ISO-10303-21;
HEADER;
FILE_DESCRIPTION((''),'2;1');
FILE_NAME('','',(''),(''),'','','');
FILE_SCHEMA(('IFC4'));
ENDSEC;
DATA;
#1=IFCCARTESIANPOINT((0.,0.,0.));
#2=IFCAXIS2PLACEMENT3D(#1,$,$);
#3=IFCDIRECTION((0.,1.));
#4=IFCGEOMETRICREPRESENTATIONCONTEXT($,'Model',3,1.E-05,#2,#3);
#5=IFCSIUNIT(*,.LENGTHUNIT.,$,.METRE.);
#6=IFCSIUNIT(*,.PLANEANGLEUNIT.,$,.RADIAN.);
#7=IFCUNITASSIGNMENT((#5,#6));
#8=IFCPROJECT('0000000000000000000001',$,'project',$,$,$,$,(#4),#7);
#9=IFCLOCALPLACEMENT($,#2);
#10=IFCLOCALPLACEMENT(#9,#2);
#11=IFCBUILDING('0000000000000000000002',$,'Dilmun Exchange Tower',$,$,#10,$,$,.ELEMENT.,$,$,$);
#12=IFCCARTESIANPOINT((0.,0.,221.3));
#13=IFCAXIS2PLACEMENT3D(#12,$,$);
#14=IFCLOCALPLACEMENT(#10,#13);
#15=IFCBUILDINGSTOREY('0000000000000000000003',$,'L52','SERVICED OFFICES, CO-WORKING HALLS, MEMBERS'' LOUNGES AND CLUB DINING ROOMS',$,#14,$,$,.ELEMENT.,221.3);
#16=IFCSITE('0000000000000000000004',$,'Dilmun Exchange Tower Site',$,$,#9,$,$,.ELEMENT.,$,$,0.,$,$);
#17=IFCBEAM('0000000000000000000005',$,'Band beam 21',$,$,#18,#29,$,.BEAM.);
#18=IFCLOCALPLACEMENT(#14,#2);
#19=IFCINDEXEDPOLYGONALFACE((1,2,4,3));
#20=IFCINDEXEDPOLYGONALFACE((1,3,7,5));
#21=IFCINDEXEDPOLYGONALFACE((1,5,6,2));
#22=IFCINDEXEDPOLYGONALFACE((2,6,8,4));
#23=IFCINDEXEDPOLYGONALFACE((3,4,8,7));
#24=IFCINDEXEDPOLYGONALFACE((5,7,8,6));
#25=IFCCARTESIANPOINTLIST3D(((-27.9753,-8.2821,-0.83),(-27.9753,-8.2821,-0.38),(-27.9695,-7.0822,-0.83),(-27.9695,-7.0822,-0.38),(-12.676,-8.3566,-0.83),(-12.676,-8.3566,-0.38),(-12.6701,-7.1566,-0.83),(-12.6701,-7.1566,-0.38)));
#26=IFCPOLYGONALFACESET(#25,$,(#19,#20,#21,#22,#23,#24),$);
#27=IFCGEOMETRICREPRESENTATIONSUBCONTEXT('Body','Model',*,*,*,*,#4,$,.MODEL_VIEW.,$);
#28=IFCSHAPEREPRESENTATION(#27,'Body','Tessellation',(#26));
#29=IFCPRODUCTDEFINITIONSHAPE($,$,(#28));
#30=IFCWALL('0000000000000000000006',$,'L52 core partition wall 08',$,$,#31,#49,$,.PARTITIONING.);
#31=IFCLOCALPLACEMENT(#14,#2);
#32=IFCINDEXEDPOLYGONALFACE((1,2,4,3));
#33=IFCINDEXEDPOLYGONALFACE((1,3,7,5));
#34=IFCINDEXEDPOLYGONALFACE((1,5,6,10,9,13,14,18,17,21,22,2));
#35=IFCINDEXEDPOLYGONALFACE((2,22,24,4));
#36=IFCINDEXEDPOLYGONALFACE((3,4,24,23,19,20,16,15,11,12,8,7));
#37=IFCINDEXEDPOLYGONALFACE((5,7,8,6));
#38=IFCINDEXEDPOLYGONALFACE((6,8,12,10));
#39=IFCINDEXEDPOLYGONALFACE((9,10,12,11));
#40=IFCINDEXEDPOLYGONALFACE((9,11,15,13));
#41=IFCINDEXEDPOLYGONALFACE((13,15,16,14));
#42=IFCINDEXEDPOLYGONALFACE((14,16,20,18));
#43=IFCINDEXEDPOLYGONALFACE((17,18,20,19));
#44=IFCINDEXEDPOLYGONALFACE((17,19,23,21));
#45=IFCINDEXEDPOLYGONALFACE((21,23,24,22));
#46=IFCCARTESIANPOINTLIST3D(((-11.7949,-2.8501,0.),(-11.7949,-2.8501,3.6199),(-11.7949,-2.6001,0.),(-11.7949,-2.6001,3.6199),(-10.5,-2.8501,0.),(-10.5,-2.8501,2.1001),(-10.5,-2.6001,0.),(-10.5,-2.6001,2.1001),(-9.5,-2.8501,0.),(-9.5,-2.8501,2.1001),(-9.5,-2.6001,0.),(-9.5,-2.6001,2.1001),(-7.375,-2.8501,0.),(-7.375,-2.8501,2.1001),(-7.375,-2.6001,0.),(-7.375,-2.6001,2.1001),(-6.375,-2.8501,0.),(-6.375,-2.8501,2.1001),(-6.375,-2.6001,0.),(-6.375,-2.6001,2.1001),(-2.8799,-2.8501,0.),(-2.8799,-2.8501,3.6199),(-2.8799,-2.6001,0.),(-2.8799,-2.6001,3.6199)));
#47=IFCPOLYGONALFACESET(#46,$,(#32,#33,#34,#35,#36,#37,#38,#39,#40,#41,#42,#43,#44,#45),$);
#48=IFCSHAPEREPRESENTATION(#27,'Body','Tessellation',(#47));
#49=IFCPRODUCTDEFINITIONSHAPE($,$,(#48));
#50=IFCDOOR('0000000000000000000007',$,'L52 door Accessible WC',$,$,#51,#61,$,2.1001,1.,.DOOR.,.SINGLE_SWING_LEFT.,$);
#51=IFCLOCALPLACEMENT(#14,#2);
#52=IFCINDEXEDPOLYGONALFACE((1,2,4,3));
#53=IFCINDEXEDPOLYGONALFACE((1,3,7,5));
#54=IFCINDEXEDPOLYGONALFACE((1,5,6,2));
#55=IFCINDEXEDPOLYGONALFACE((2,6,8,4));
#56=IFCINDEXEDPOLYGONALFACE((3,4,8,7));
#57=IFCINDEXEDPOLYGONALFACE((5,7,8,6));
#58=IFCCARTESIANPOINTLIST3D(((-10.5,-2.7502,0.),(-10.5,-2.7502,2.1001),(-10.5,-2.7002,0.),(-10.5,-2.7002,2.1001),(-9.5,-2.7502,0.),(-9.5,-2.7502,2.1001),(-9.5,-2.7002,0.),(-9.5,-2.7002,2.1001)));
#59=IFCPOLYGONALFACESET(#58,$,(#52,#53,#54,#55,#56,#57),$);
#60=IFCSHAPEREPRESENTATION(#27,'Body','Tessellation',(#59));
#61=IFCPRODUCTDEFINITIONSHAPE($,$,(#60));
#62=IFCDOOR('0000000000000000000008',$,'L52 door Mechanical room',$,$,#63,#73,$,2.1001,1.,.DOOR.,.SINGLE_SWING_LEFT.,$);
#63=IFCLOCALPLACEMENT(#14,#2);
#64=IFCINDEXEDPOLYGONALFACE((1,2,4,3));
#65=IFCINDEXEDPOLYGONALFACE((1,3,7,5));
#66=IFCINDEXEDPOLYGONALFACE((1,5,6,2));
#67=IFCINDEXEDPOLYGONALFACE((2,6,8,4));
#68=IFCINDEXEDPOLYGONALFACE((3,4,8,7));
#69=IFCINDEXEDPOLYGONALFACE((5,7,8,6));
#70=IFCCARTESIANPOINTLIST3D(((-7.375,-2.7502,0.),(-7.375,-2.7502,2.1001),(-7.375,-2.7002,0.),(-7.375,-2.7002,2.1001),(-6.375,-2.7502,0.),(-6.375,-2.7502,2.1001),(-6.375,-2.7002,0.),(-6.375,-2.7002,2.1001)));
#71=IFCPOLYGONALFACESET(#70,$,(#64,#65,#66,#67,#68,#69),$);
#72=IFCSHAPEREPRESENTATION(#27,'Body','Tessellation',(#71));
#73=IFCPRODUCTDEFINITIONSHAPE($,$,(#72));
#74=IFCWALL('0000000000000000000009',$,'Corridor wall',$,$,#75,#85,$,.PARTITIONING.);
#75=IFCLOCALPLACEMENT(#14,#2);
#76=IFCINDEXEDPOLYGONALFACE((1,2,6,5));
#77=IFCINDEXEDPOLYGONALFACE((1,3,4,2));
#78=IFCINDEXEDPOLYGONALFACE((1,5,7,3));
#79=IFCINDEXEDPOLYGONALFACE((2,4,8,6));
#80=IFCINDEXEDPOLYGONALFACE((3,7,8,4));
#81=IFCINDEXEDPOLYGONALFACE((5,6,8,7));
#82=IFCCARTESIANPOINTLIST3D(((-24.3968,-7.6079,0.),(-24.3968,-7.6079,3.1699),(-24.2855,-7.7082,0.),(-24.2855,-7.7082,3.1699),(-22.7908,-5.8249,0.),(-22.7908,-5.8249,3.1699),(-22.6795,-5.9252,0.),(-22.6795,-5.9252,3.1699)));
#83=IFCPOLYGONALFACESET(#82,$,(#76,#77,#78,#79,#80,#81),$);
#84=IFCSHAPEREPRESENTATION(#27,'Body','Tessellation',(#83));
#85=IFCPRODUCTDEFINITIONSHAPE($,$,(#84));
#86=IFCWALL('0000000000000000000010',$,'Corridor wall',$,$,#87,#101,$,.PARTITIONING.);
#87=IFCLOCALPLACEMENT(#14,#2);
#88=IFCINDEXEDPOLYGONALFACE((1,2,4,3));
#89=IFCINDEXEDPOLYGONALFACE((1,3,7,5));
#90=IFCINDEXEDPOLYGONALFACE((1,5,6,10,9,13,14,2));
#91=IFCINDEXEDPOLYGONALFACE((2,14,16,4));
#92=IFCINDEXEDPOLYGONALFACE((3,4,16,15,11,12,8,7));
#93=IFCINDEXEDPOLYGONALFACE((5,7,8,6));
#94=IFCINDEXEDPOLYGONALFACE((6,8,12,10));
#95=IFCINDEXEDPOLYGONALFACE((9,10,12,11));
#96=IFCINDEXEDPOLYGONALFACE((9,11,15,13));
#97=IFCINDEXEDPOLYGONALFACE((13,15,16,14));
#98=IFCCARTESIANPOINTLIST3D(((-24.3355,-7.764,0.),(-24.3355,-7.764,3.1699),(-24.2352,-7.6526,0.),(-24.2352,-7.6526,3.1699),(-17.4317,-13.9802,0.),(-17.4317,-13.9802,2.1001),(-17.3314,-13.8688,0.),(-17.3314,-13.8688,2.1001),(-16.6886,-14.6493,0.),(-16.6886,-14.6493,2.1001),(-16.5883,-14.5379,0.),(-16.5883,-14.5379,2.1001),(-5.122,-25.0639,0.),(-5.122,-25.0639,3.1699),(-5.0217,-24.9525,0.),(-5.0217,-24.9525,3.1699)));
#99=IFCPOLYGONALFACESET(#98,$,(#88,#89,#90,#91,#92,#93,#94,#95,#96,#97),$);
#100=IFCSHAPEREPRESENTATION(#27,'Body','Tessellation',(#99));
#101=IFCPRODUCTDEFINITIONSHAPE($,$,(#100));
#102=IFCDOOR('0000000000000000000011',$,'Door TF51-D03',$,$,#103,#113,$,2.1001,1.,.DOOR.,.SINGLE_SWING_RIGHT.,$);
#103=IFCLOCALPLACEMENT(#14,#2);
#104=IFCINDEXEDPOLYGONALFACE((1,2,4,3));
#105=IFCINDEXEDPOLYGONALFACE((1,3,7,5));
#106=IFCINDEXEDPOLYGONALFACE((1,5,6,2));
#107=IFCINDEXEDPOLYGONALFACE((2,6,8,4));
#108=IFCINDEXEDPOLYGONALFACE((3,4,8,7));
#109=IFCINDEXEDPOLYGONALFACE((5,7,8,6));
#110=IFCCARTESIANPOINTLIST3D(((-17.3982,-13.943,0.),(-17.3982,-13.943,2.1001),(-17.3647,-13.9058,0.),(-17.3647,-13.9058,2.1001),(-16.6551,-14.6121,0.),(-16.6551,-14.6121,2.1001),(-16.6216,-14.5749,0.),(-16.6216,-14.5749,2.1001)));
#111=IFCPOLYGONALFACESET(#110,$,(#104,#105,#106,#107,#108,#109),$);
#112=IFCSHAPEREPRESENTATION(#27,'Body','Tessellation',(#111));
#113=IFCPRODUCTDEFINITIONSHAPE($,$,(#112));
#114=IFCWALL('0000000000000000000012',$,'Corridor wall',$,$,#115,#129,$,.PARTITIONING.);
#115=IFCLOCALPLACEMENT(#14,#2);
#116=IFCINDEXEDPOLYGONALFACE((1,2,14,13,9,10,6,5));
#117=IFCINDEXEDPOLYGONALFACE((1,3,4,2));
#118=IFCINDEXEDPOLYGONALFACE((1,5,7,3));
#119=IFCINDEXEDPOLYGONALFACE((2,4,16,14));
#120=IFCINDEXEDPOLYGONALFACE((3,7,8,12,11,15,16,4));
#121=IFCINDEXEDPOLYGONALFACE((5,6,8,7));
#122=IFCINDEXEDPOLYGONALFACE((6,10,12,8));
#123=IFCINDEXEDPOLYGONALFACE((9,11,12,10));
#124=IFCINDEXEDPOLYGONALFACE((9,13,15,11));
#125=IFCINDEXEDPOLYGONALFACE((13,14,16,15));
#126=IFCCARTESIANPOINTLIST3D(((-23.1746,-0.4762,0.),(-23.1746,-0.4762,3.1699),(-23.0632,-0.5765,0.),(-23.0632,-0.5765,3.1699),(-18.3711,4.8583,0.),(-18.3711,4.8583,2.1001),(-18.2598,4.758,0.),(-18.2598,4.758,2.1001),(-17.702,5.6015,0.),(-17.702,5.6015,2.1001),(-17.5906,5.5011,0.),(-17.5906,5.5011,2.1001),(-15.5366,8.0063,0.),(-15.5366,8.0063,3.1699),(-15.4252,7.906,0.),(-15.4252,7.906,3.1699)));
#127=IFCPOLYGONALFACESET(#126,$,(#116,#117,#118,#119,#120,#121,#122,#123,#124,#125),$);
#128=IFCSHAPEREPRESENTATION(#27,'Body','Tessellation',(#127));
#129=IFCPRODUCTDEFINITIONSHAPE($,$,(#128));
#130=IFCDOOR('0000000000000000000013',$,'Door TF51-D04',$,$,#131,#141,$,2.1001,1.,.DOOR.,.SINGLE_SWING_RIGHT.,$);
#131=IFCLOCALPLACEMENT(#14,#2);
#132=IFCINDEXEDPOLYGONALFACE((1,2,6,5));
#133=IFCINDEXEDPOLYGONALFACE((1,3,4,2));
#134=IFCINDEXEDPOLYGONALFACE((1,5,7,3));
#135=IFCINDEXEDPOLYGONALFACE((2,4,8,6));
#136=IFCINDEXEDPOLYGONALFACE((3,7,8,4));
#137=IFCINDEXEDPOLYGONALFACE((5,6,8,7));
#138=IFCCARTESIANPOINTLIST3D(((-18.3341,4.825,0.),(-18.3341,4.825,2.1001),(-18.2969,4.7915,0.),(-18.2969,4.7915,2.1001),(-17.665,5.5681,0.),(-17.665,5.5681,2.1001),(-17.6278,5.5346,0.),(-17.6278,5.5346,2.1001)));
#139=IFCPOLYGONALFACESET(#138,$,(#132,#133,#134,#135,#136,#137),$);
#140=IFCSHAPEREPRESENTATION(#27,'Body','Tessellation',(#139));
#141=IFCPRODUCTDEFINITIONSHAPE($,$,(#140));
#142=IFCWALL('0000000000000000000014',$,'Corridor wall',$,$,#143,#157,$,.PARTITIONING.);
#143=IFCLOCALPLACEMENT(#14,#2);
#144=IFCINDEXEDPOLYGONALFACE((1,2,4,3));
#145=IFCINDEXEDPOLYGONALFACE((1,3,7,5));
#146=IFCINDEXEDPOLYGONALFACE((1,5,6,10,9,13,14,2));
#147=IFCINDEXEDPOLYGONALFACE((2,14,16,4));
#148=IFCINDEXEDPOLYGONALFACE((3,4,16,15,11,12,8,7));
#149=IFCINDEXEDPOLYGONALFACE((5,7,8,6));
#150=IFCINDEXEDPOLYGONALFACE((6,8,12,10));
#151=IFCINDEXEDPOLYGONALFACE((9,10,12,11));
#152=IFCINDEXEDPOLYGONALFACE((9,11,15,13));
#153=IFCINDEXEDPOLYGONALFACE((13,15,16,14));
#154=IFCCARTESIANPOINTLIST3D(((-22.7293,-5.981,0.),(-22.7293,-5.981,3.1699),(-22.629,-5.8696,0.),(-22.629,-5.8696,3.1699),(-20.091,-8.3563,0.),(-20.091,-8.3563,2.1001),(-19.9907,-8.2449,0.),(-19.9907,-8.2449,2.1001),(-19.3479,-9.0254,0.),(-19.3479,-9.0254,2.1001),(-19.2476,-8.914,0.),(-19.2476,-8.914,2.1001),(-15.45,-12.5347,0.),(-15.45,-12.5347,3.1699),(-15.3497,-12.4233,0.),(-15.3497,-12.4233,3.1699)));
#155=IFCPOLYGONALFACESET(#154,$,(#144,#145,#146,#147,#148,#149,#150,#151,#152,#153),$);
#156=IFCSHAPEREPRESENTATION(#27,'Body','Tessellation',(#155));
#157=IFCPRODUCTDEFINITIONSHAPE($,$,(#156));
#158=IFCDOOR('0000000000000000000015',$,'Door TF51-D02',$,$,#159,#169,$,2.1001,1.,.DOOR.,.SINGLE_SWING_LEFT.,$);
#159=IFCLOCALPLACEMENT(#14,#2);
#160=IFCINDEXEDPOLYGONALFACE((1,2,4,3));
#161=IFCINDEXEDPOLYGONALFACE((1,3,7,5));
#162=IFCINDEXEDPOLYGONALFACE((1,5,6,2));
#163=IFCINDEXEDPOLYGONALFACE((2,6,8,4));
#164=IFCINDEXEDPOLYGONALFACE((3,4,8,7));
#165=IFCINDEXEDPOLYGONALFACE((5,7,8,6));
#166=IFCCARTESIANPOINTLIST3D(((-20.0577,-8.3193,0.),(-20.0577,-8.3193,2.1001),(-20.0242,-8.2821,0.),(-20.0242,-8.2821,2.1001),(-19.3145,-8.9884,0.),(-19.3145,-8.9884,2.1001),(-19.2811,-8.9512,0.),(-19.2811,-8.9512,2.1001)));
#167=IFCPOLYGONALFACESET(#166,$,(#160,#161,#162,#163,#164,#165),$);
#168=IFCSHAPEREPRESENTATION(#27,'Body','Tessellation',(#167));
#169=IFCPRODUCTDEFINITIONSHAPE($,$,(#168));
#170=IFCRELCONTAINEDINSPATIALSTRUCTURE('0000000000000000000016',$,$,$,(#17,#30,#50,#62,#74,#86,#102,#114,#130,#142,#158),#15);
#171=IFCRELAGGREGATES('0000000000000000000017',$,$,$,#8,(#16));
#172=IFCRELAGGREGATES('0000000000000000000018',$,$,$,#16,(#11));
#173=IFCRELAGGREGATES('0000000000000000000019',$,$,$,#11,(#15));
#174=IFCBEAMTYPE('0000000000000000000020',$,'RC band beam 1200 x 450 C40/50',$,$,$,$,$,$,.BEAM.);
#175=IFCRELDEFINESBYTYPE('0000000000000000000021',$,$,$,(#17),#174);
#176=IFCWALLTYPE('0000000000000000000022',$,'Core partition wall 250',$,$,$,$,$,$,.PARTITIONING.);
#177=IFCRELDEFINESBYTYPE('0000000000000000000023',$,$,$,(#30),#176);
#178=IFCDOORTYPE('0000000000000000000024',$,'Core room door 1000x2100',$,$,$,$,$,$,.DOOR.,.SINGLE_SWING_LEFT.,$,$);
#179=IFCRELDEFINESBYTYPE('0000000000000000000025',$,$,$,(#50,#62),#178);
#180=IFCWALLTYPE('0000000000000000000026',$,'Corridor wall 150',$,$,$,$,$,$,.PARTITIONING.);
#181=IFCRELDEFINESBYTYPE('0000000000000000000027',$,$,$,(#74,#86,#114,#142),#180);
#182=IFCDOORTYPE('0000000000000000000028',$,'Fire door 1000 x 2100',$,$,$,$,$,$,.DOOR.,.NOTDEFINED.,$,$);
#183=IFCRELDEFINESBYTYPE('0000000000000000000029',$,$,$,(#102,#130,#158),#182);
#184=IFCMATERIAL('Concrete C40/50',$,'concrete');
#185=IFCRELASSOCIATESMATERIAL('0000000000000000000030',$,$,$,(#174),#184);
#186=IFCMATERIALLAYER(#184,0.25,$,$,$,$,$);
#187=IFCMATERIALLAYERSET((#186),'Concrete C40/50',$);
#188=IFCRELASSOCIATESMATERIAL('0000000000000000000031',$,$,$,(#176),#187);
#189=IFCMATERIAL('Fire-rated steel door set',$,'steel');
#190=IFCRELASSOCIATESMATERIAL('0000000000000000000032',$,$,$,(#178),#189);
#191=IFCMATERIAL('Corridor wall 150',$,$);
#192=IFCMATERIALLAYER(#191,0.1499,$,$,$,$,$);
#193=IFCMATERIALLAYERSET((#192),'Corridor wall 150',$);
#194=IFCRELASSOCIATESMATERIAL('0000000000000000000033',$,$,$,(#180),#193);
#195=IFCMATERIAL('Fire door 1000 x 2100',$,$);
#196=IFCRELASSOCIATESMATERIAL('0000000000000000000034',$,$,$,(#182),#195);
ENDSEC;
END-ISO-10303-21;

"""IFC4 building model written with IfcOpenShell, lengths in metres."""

from ifc_helpers import new_model, si_unit, direction, frame, frame_2d, origin, origin_2d, place, context, subcontext, project, spatial, rectangle, extrude, material, layer, layer_set, material_profile, profile_set, type_object, element, fill, save


model = new_model("IFC4")

# Units and contexts
model_context = context("Model", 3, precision=1e-05, world=origin(), true_north=direction((0.0, 1.0)))
body_context = subcontext(model_context, "Body", "Model", "MODEL_VIEW")
ifc_project = project(units=[si_unit("LENGTHUNIT", "METRE"), si_unit("PLANEANGLEUNIT", "RADIAN")], contexts=[model_context])

# Site, building, storey
site_placement = place(None, origin())
site = spatial("IfcSite", under=ifc_project, at=site_placement, Name="Dilmun Exchange Tower Site", CompositionType="ELEMENT", RefElevation=0.0)
building_placement = place(site_placement, origin())
building = spatial("IfcBuilding", under=site, at=building_placement, Name="Dilmun Exchange Tower", CompositionType="ELEMENT")
storey_placement = place(building_placement, frame((0.0, 0.0, 221.3)))
storey = spatial("IfcBuildingStorey", under=building, at=storey_placement, Name="L52", Description="SERVICED OFFICES, CO-WORKING HALLS, MEMBERS' LOUNGES AND CLUB DINING ROOMS", CompositionType="ELEMENT", Elevation=221.3)

# Beam
ifc_material_1 = material(Name="Concrete C40/50", Category="concrete")
ifc_material_profile = material_profile(ifc_material_1, rectangle(XDim=1.2, YDim=0.45, at=origin_2d()), Name="1200 x 450")
ifc_profile_set = profile_set([ifc_material_profile], Name="Concrete C40/50")
beam_type = type_object("IfcBeamType", Name="RC band beam 1200 x 450 C40/50", PredefinedType="BEAM", material=ifc_profile_set)
beam_placement = place(storey_placement, frame((-27.9724, -7.6821, -0.605), z_axis=(0.999988, -0.004867, 0.0), x_axis=(0.004867, 0.999988, 0.0)))
element("IfcBeam", 1, at=beam_placement, inside=storey, type_object=beam_type, Name="Band beam 21", PredefinedType="BEAM", context=body_context, shape_type="SweptSolid", body=[
    extrude(rectangle(XDim=1.2, YDim=0.45, at=origin_2d()), origin(), (0.0, 0.0, 1.0), 15.2996),
])

# Wall, openings, doors
ifc_layer_1 = layer(ifc_material_1, 0.25)
ifc_layer_set_1 = layer_set([ifc_layer_1], Name="Concrete C40/50")
wall_type_1 = type_object("IfcWallType", Name="Core partition wall 250", PredefinedType="PARTITIONING", material=ifc_layer_set_1)
wall_1_placement = place(storey_placement, frame((-11.7949, -2.7251, 0.0), z_axis=(0.0, 0.0, 1.0), x_axis=(1.0, 0.0, 0.0)))
wall_1 = element("IfcWall", 2, at=wall_1_placement, inside=storey, type_object=wall_type_1, Name="L52 core partition wall 08", PredefinedType="PARTITIONING", context=body_context, shape_type="SweptSolid", body=[
    extrude(rectangle(XDim=8.915, YDim=0.25, at=frame_2d((4.4575, 0.0))), origin(), (0.0, 0.0, 1.0), 3.6199),
])
opening_1_placement = place(wall_1_placement, frame((1.2949, 0.0, 0.0)))
opening_1 = element("IfcOpeningElement", 3, at=opening_1_placement, cuts=wall_1, PredefinedType="OPENING", context=body_context, shape_type="SweptSolid", body=[
    extrude(rectangle(XDim=1.0, YDim=2.1001, at=frame_2d((0.5, 1.05))), frame((0.0, 0.135, 0.0), z_axis=(0.0, -1.0, 0.0), x_axis=(1.0, 0.0, 0.0)), (0.0, 0.0, 1.0), 0.27),
])
opening_2_placement = place(wall_1_placement, frame((4.4199, 0.0, 0.0)))
opening_2 = element("IfcOpeningElement", 4, at=opening_2_placement, cuts=wall_1, PredefinedType="OPENING", context=body_context, shape_type="SweptSolid", body=[
    extrude(rectangle(XDim=1.0, YDim=2.1001, at=frame_2d((0.5, 1.05))), frame((0.0, 0.135, 0.0), z_axis=(0.0, -1.0, 0.0), x_axis=(1.0, 0.0, 0.0)), (0.0, 0.0, 1.0), 0.27),
])
ifc_material_2 = material(Name="Fire-rated steel door set", Category="steel")
door_type_1 = type_object("IfcDoorType", Name="Core room door 1000x2100", OperationType="SINGLE_SWING_LEFT", PredefinedType="DOOR", material=ifc_material_2)
door_1_placement = place(opening_1_placement, origin())
door_1 = element("IfcDoor", 5, at=door_1_placement, inside=storey, type_object=door_type_1, Name="L52 door Accessible WC", OperationType="SINGLE_SWING_LEFT", OverallHeight=2.1001, OverallWidth=1.0, PredefinedType="DOOR", context=body_context, shape_type="SweptSolid", body=[
    extrude(rectangle(XDim=1.0, YDim=2.1001, at=frame_2d((0.5, 1.05))), frame((0.0, 0.0249, 0.0), z_axis=(0.0, -1.0, 0.0), x_axis=(1.0, 0.0, 0.0)), (0.0, 0.0, 1.0), 0.05),
])
fill(opening_1, door_1)
door_2_placement = place(opening_2_placement, origin())
door_2 = element("IfcDoor", 6, at=door_2_placement, inside=storey, type_object=door_type_1, Name="L52 door Mechanical room", OperationType="SINGLE_SWING_LEFT", OverallHeight=2.1001, OverallWidth=1.0, PredefinedType="DOOR", context=body_context, shape_type="SweptSolid", body=[
    extrude(rectangle(XDim=1.0, YDim=2.1001, at=frame_2d((0.5, 1.05))), frame((0.0, 0.0249, 0.0), z_axis=(0.0, -1.0, 0.0), x_axis=(1.0, 0.0, 0.0)), (0.0, 0.0, 1.0), 0.05),
])
fill(opening_2, door_2)

# Wall
ifc_material_3 = material(Name="Corridor wall 150")
ifc_layer_2 = layer(ifc_material_3, 0.1499)
ifc_layer_set_2 = layer_set([ifc_layer_2], Name="Corridor wall 150")
wall_type_2 = type_object("IfcWallType", Name="Corridor wall 150", PredefinedType="PARTITIONING", material=ifc_layer_set_2)
wall_2_placement = place(storey_placement, frame((-24.3411, -7.658, 0.0), z_axis=(0.0, 0.0, 1.0), x_axis=(0.669263, 0.743026, 0.0)))
element("IfcWall", 7, at=wall_2_placement, inside=storey, type_object=wall_type_2, Name="Corridor wall", PredefinedType="PARTITIONING", context=body_context, shape_type="SweptSolid", body=[
    extrude(rectangle(XDim=2.3997, YDim=0.1499, at=frame_2d((1.1997, 0.0))), origin(), (0.0, 0.0, 1.0), 3.1699),
])

# Walls, openings, doors
wall_3_placement = place(storey_placement, frame((-24.2854, -7.7083, 0.0), z_axis=(0.0, 0.0, 1.0), x_axis=(0.743145, -0.669131, 0.0)))
wall_3 = element("IfcWall", 8, at=wall_3_placement, inside=storey, type_object=wall_type_2, Name="Corridor wall", PredefinedType="PARTITIONING", context=body_context, shape_type="SweptSolid", body=[
    extrude(rectangle(XDim=25.8542, YDim=0.1499, at=frame_2d((12.9272, 0.0))), origin(), (0.0, 0.0, 1.0), 3.1699),
])
opening_3_placement = place(wall_3_placement, frame((9.29, 0.0, 0.0)))
opening_3 = element("IfcOpeningElement", 9, at=opening_3_placement, cuts=wall_3, PredefinedType="OPENING", context=body_context, shape_type="SweptSolid", body=[
    extrude(rectangle(XDim=1.0, YDim=2.1001, at=frame_2d((0.5, 1.05))), frame((0.0, 0.085, 0.0), z_axis=(0.0, -1.0, 0.0), x_axis=(1.0, 0.0, 0.0)), (0.0, 0.0, 1.0), 0.1699),
])
ifc_material_4 = material(Name="Fire door 1000 x 2100")
door_type_2 = type_object("IfcDoorType", Name="Fire door 1000 x 2100", OperationType="NOTDEFINED", PredefinedType="DOOR", material=ifc_material_4)
door_3_placement = place(opening_3_placement, frame((1.0, 0.0, 0.0), z_axis=(0.0, 0.0, 1.0), x_axis=(-1.0, 0.0, 0.0)))
door_3 = element("IfcDoor", 10, at=door_3_placement, inside=storey, type_object=door_type_2, Name="Door TF51-D03", OperationType="SINGLE_SWING_RIGHT", OverallHeight=2.1001, OverallWidth=1.0, PredefinedType="DOOR", context=body_context, shape_type="SweptSolid", body=[
    extrude(rectangle(XDim=1.0, YDim=2.1001, at=frame_2d((0.5, 1.05))), frame((0.0, 0.0249, 0.0), z_axis=(0.0, -1.0, 0.0), x_axis=(1.0, 0.0, 0.0)), (0.0, 0.0, 1.0), 0.05),
])
fill(opening_3, door_3)
wall_4_placement = place(storey_placement, frame((-23.1189, -0.5264, 0.0), z_axis=(0.0, 0.0, 1.0), x_axis=(0.669147, 0.74313, 0.0)))
wall_4 = element("IfcWall", 11, at=wall_4_placement, inside=storey, type_object=wall_type_2, Name="Corridor wall", PredefinedType="PARTITIONING", context=body_context, shape_type="SweptSolid", body=[
    extrude(rectangle(XDim=11.4146, YDim=0.1499, at=frame_2d((5.7073, 0.0))), origin(), (0.0, 0.0, 1.0), 3.1699),
])
opening_4_placement = place(wall_4_placement, frame((7.1785, 0.0, 0.0)))
opening_4 = element("IfcOpeningElement", 12, at=opening_4_placement, cuts=wall_4, PredefinedType="OPENING", context=body_context, shape_type="SweptSolid", body=[
    extrude(rectangle(XDim=1.0, YDim=2.1001, at=frame_2d((0.5, 1.05))), frame((0.0, 0.085, 0.0), z_axis=(0.0, -1.0, 0.0), x_axis=(1.0, 0.0, 0.0)), (0.0, 0.0, 1.0), 0.1699),
])
door_4_placement = place(opening_4_placement, frame((1.0, 0.0, 0.0), z_axis=(0.0, 0.0, 1.0), x_axis=(-1.0, 0.0, 0.0)))
door_4 = element("IfcDoor", 13, at=door_4_placement, inside=storey, type_object=door_type_2, Name="Door TF51-D04", OperationType="SINGLE_SWING_RIGHT", OverallHeight=2.1001, OverallWidth=1.0, PredefinedType="DOOR", context=body_context, shape_type="SweptSolid", body=[
    extrude(rectangle(XDim=1.0, YDim=2.1001, at=frame_2d((0.5, 1.05))), frame((0.0, 0.0249, 0.0), z_axis=(0.0, -1.0, 0.0), x_axis=(1.0, 0.0, 0.0)), (0.0, 0.0, 1.0), 0.05),
])
fill(opening_4, door_4)
wall_5_placement = place(storey_placement, frame((-22.6792, -5.9253, 0.0), z_axis=(0.0, 0.0, 1.0), x_axis=(0.743175, -0.669097, 0.0)))
wall_5 = element("IfcWall", 14, at=wall_5_placement, inside=storey, type_object=wall_type_2, Name="Corridor wall", PredefinedType="PARTITIONING", context=body_context, shape_type="SweptSolid", body=[
    extrude(rectangle(XDim=9.7949, YDim=0.1499, at=frame_2d((4.8975, 0.0))), origin(), (0.0, 0.0, 1.0), 3.1699),
])
opening_5_placement = place(wall_5_placement, frame((3.55, 0.0, 0.0)))
opening_5 = element("IfcOpeningElement", 15, at=opening_5_placement, cuts=wall_5, PredefinedType="OPENING", context=body_context, shape_type="SweptSolid", body=[
    extrude(rectangle(XDim=1.0, YDim=2.1001, at=frame_2d((0.5, 1.05))), frame((0.0, 0.085, 0.0), z_axis=(0.0, -1.0, 0.0), x_axis=(1.0, 0.0, 0.0)), (0.0, 0.0, 1.0), 0.1699),
])
door_5_placement = place(opening_5_placement, origin())
door_5 = element("IfcDoor", 16, at=door_5_placement, inside=storey, type_object=door_type_2, Name="Door TF51-D02", OperationType="SINGLE_SWING_LEFT", OverallHeight=2.1001, OverallWidth=1.0, PredefinedType="DOOR", context=body_context, shape_type="SweptSolid", body=[
    extrude(rectangle(XDim=1.0, YDim=2.1001, at=frame_2d((0.5, 1.05))), frame((0.0, 0.0249, 0.0), z_axis=(0.0, -1.0, 0.0), x_axis=(1.0, 0.0, 0.0)), (0.0, 0.0, 1.0), 0.05),
])
fill(opening_5, door_5)

save(model, "model.ifc")
